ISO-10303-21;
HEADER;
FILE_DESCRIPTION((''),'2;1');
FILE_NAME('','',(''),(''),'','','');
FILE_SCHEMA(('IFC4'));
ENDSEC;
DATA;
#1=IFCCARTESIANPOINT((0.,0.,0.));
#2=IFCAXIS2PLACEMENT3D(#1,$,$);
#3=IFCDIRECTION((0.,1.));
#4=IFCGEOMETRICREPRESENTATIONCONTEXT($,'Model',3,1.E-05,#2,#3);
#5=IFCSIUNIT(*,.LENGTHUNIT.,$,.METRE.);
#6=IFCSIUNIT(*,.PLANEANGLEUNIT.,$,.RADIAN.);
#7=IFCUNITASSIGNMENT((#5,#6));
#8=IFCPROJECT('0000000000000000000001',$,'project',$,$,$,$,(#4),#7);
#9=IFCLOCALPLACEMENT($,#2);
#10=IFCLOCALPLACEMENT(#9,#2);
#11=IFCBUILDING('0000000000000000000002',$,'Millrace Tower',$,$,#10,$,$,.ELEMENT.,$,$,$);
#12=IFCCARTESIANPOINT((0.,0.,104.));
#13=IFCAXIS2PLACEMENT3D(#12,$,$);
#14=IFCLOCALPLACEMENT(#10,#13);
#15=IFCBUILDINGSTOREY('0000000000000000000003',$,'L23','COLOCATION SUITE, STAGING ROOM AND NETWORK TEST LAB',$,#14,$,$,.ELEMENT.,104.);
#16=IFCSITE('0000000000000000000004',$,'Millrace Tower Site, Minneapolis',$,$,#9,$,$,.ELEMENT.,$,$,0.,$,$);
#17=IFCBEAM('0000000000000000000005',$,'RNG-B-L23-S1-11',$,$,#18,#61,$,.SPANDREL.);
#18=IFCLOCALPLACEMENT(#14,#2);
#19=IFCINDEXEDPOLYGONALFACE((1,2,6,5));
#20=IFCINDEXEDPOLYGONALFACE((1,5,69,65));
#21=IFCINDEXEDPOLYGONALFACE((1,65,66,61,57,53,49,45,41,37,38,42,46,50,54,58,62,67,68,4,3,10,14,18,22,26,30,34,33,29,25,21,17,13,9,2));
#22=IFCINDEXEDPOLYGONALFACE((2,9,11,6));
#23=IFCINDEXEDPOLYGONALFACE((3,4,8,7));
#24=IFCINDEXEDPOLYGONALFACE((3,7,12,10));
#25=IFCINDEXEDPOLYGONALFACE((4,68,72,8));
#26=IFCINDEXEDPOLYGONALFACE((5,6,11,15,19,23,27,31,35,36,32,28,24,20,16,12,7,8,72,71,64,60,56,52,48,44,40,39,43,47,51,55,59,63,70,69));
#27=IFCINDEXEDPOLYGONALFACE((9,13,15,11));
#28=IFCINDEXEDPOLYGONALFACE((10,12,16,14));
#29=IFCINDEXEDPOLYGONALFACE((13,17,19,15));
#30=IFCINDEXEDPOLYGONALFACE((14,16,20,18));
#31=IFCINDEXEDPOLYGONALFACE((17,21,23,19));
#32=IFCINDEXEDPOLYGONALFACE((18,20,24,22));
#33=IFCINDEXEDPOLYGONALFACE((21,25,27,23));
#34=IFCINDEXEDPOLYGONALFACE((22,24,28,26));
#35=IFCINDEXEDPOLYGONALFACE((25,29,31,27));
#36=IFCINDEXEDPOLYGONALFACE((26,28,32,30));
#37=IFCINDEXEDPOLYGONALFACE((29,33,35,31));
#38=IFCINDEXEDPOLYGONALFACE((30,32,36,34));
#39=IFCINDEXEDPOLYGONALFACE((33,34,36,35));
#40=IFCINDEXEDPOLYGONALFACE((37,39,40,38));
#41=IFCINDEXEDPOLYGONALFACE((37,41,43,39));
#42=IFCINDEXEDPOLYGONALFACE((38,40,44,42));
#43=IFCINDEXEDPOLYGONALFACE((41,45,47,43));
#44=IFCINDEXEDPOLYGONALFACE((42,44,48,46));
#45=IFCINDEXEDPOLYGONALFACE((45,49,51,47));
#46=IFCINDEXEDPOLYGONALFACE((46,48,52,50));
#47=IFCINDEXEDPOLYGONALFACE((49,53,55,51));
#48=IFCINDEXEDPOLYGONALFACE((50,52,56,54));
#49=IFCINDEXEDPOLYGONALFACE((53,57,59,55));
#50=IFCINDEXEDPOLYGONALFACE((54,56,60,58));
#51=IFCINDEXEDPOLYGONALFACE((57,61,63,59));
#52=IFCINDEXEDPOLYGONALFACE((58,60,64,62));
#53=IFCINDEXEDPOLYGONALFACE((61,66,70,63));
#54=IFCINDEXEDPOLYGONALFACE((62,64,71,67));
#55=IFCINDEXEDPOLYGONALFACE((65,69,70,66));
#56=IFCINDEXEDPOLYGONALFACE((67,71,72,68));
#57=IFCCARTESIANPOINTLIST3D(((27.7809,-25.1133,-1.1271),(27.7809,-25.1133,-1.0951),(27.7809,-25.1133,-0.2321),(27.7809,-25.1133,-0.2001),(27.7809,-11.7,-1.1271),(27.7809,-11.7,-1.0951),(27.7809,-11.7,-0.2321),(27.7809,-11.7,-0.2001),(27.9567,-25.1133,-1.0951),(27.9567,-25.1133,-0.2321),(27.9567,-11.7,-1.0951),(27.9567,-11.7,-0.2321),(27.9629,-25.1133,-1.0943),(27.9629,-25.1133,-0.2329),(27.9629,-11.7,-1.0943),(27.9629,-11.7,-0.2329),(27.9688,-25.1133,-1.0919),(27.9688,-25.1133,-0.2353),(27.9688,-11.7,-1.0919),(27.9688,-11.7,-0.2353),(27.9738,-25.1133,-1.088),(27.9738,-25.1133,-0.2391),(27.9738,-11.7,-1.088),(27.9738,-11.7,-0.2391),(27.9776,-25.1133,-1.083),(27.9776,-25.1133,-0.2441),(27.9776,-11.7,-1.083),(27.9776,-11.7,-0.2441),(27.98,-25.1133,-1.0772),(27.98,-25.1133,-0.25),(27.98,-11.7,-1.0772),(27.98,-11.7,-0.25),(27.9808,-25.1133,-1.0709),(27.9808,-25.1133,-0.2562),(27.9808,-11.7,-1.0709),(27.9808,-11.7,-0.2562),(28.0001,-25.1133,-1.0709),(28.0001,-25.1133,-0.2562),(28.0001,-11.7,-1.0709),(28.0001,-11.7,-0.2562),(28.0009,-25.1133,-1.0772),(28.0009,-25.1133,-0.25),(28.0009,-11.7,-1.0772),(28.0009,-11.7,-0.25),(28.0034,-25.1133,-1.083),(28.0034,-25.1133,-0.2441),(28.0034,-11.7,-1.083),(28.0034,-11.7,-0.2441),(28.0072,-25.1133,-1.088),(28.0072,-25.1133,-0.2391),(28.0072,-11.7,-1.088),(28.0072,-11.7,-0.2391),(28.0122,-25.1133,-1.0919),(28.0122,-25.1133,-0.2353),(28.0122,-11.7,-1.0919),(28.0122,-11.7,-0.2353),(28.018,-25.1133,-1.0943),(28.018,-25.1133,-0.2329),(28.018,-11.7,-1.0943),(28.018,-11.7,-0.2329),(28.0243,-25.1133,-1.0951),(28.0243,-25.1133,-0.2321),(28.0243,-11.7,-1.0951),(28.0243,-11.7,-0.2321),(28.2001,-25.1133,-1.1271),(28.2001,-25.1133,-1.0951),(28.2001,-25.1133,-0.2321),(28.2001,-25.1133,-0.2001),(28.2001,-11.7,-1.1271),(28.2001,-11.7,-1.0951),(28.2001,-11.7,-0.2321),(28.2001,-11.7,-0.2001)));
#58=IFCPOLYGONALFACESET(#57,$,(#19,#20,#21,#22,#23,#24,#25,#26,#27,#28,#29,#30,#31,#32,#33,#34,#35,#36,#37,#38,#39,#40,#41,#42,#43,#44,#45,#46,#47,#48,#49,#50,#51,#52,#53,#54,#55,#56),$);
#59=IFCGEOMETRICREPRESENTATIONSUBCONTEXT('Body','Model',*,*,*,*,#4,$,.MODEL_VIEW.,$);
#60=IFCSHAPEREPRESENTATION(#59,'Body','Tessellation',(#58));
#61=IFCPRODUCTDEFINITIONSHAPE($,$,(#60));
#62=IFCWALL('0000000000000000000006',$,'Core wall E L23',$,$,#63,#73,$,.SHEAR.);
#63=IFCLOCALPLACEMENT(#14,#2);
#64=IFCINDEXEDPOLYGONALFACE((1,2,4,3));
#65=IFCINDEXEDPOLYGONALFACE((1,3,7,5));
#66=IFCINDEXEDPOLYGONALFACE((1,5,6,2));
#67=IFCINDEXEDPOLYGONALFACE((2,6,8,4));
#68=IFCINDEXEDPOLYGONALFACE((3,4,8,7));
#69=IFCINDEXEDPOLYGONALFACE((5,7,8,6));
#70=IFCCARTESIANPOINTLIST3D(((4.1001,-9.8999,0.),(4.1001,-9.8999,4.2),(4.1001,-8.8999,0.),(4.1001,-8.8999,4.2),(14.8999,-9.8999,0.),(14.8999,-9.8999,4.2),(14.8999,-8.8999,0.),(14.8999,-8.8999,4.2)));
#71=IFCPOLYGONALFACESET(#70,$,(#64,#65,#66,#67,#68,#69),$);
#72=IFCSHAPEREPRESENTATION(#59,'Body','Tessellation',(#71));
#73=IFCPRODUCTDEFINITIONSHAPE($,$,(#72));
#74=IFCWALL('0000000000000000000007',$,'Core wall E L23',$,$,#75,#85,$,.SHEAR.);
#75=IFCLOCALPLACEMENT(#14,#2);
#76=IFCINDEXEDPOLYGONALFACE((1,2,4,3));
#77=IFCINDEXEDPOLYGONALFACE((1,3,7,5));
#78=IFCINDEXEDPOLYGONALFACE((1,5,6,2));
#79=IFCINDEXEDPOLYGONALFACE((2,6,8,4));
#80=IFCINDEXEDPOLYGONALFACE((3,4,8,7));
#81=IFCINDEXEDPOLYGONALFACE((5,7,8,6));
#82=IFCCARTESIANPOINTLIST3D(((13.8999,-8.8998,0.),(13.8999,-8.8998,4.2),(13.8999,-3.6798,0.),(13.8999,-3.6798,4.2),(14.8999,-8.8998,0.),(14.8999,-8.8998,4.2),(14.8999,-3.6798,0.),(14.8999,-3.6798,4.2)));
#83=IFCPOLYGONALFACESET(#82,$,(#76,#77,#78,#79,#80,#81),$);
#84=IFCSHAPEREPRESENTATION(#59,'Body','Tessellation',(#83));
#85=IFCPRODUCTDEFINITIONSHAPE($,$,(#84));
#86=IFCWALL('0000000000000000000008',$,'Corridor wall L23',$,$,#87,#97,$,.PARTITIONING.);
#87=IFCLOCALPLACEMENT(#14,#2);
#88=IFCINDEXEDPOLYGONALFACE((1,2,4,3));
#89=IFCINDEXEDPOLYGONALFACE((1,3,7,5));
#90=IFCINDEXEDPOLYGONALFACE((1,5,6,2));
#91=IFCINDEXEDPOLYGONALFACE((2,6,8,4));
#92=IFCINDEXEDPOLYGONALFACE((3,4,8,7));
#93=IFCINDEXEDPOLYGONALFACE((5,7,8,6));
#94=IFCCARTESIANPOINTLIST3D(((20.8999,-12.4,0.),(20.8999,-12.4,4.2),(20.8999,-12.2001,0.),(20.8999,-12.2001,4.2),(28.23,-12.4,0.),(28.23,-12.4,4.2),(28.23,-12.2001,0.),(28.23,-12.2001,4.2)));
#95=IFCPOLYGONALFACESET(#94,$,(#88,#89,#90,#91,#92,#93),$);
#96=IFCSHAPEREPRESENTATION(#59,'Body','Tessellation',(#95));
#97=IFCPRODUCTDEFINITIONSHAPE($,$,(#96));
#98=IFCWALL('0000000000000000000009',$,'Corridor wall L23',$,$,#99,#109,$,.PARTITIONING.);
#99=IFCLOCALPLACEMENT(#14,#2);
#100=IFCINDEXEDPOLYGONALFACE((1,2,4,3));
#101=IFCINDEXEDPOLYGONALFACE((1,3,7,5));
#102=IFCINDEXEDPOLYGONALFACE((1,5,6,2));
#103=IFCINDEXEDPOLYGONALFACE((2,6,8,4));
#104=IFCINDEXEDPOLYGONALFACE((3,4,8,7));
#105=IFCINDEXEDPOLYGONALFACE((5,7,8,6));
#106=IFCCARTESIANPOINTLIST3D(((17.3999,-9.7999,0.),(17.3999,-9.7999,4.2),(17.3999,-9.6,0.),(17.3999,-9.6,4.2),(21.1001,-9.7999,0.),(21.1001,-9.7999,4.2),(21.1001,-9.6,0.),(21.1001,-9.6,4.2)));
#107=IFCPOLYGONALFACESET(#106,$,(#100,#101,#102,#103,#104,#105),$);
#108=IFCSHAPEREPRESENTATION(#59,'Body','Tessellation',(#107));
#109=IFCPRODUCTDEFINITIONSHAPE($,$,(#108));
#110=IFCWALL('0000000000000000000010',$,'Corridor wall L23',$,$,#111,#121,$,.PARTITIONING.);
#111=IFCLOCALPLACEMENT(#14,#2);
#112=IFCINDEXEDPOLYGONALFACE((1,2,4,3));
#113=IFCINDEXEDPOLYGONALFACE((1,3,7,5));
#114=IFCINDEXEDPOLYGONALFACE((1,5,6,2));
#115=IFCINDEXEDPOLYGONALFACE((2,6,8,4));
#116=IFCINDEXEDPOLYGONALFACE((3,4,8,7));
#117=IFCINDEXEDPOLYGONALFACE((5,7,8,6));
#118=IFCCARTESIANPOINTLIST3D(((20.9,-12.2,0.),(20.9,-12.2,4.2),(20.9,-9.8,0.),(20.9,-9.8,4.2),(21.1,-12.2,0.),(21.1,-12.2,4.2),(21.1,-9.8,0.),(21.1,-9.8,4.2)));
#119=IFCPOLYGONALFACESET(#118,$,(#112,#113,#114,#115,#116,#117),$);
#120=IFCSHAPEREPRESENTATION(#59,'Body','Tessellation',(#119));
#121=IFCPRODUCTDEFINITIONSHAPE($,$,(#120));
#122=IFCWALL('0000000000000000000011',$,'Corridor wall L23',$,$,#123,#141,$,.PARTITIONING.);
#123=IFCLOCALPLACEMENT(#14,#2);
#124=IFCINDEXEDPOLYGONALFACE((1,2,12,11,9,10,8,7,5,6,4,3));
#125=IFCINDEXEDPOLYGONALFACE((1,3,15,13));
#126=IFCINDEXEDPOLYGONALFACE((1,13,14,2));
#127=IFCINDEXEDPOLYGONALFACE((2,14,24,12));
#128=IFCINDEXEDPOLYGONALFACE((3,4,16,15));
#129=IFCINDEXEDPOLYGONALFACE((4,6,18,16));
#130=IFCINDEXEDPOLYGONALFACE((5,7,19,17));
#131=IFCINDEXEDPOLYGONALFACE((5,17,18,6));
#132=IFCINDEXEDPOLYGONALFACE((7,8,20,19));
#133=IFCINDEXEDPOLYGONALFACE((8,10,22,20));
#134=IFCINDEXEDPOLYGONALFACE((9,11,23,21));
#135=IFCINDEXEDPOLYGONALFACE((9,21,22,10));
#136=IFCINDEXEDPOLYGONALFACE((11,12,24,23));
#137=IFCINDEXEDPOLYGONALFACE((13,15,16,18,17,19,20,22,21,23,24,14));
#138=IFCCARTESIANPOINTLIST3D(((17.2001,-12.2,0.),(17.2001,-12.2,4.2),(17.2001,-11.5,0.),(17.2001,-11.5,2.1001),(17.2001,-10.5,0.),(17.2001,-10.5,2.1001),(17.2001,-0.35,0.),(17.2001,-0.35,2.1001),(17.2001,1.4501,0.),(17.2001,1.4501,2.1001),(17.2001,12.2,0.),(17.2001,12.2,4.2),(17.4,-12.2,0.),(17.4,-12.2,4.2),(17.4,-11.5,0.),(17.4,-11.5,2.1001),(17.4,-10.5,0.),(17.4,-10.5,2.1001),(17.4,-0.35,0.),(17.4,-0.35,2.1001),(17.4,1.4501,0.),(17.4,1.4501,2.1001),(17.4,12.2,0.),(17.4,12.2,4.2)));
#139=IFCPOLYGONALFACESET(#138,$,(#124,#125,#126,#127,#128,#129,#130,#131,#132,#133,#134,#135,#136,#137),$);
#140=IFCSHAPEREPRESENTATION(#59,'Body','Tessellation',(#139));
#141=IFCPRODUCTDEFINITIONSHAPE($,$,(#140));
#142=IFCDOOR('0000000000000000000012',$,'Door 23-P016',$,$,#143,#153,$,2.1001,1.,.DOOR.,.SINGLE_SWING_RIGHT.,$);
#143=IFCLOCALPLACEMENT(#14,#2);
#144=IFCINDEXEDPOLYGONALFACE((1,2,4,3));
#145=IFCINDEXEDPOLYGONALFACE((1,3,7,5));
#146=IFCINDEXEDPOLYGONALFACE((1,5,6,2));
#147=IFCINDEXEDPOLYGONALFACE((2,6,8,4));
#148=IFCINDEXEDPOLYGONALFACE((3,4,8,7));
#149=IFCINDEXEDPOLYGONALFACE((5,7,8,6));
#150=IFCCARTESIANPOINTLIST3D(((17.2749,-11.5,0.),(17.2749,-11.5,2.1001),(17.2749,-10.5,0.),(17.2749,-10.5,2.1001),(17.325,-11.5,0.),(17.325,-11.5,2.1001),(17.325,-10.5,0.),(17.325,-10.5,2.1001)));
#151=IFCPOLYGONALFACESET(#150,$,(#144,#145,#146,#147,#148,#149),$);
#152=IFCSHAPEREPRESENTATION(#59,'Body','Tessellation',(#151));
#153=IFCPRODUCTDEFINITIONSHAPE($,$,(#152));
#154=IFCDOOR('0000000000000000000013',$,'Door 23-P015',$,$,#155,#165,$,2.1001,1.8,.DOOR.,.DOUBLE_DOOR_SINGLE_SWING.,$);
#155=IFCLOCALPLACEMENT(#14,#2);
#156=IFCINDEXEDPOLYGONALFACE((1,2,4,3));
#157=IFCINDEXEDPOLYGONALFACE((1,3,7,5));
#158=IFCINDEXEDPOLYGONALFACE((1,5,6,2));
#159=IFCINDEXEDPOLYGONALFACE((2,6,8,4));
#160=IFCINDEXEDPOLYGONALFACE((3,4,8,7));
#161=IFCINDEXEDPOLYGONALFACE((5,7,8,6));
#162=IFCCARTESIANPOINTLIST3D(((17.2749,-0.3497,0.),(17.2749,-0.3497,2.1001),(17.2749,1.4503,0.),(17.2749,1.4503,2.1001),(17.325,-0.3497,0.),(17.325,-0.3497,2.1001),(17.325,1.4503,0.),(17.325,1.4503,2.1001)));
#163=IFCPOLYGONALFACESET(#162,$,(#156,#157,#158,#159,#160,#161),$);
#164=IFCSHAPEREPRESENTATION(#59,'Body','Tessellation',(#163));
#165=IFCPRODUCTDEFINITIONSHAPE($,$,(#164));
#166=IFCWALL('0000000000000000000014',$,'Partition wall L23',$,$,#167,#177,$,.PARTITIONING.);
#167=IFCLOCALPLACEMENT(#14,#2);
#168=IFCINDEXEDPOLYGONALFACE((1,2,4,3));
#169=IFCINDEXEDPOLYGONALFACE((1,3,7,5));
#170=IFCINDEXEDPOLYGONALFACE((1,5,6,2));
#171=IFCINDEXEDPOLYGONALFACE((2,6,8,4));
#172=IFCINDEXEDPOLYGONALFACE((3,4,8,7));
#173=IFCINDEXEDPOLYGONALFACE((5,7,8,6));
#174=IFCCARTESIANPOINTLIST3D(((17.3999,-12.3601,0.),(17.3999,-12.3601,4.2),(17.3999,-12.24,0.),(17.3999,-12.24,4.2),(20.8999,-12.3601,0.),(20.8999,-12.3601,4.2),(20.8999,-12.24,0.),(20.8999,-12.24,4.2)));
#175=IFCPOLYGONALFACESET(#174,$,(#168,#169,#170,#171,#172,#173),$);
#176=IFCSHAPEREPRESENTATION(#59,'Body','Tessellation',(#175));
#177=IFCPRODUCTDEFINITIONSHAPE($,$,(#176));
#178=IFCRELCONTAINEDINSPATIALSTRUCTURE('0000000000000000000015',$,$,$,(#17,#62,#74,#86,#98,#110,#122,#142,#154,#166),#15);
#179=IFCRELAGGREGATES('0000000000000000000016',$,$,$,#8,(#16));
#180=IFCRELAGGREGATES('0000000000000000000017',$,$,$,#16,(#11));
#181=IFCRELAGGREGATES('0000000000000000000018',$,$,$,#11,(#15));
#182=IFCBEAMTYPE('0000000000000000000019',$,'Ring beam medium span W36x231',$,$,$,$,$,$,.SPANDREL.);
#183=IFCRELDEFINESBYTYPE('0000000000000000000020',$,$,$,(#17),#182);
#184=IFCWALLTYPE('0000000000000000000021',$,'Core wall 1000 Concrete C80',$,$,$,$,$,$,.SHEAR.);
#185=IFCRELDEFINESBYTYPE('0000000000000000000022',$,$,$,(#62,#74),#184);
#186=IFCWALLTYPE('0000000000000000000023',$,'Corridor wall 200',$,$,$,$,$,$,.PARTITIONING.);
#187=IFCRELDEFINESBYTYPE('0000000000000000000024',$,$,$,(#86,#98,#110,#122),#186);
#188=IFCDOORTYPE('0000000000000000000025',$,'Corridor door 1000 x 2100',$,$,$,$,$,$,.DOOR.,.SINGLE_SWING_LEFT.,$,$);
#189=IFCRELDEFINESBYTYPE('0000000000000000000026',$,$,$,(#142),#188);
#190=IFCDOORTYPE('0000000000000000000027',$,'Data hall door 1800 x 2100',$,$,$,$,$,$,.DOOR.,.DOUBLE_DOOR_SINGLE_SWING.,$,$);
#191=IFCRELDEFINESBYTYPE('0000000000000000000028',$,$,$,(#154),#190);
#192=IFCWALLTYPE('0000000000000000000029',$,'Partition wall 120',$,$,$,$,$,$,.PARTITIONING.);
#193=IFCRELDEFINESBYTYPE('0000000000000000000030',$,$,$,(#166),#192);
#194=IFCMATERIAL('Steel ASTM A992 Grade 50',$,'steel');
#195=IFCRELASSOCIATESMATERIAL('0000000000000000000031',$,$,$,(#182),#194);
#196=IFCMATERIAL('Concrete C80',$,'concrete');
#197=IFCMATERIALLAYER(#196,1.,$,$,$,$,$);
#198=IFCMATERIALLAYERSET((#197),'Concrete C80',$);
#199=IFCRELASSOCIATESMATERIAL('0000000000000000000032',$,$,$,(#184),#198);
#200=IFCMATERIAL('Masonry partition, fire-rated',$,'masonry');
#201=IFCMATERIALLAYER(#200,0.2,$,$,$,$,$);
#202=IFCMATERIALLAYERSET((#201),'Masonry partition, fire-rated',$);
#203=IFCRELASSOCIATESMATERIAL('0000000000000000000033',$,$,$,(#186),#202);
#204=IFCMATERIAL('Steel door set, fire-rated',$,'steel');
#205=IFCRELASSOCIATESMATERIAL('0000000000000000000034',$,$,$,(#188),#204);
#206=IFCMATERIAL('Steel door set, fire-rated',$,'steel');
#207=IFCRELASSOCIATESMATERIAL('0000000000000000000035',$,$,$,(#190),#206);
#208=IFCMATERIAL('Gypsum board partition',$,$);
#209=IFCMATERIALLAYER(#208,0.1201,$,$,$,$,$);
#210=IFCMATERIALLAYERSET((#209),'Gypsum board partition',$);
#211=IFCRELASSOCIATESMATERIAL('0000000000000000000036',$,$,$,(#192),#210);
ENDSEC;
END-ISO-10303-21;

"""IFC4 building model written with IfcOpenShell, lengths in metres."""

from ifc_helpers import new_model, si_unit, direction, frame, frame_2d, origin, origin_2d, place, context, subcontext, project, spatial, rectangle, i_section, extrude, material, layer, layer_set, material_profile, profile_set, type_object, element, fill, save


model = new_model("IFC4")

# Units and contexts
model_context = context("Model", 3, precision=1e-05, world=origin(), true_north=direction((0.0, 1.0)))
body_context = subcontext(model_context, "Body", "Model", "MODEL_VIEW")
ifc_project = project(units=[si_unit("LENGTHUNIT", "METRE"), si_unit("PLANEANGLEUNIT", "RADIAN")], contexts=[model_context])

# Site, building, storey
site_placement = place(None, origin())
site = spatial("IfcSite", under=ifc_project, at=site_placement, Name="Millrace Tower Site, Minneapolis", CompositionType="ELEMENT", RefElevation=0.0)
building_placement = place(site_placement, origin())
building = spatial("IfcBuilding", under=site, at=building_placement, Name="Millrace Tower", CompositionType="ELEMENT")
storey_placement = place(building_placement, frame((0.0, 0.0, 104.0)))
storey = spatial("IfcBuildingStorey", under=building, at=storey_placement, Name="L23", Description="COLOCATION SUITE, STAGING ROOM AND NETWORK TEST LAB", CompositionType="ELEMENT", Elevation=104.0)

# Beam
ifc_material_1 = material(Name="Steel ASTM A992 Grade 50", Category="steel")
ifc_material_profile_1 = material_profile(ifc_material_1, i_section(OverallWidth=0.4192, OverallDepth=0.927, WebThickness=0.0193, FlangeThickness=0.032, FilletRadius=0.0242, at=origin_2d()))
ifc_profile_set_1 = profile_set([ifc_material_profile_1], Name="Steel ASTM A992 Grade 50")
beam_type_1 = type_object("IfcBeamType", Name="Ring beam medium span W36x231", PredefinedType="SPANDREL", material=ifc_profile_set_1)
beam_1_placement = place(storey_placement, frame((27.9905, -11.7, -0.6636), z_axis=(0.0, -1.0, 0.0), x_axis=(1.0, 0.0, 0.0)))
element("IfcBeam", 1, at=beam_1_placement, inside=storey, type_object=beam_type_1, Name="RNG-B-L23-S1-11", PredefinedType="SPANDREL", context=body_context, shape_type="SweptSolid", body=[
    extrude(i_section(OverallWidth=0.4192, OverallDepth=0.927, WebThickness=0.0193, FlangeThickness=0.032, FilletRadius=0.0242, at=origin_2d()), origin(), (0.0, 0.0, 1.0), 13.4133),
])

# Walls
ifc_material_2 = material(Name="Concrete C80", Category="concrete")
ifc_layer_1 = layer(ifc_material_2, 1.0)
ifc_layer_set_1 = layer_set([ifc_layer_1], Name="Concrete C80")
wall_type_1 = type_object("IfcWallType", Name="Core wall 1000 Concrete C80", PredefinedType="SHEAR", material=ifc_layer_set_1)
wall_1_placement = place(storey_placement, frame((14.8999, -9.3999, 0.0), z_axis=(0.0, 0.0, 1.0), x_axis=(-1.0, 0.0, 0.0)))
element("IfcWall", 2, at=wall_1_placement, inside=storey, type_object=wall_type_1, Name="Core wall E L23", PredefinedType="SHEAR", context=body_context, shape_type="SweptSolid", body=[
    extrude(rectangle(XDim=10.7998, YDim=1.0, at=frame_2d((5.3999, 0.0))), origin(), (0.0, 0.0, 1.0), 4.2),
])
wall_2_placement = place(storey_placement, frame((14.3999, -3.6799, 0.0), z_axis=(0.0, 0.0, 1.0), x_axis=(0.0, -1.0, 0.0)))
element("IfcWall", 3, at=wall_2_placement, inside=storey, type_object=wall_type_1, Name="Core wall E L23", PredefinedType="SHEAR", context=body_context, shape_type="SweptSolid", body=[
    extrude(rectangle(XDim=5.22, YDim=1.0, at=frame_2d((2.6099, 0.0))), origin(), (0.0, 0.0, 1.0), 4.2),
])
ifc_material_3 = material(Name="Masonry partition, fire-rated", Category="masonry")
ifc_layer_2 = layer(ifc_material_3, 0.2)
ifc_layer_set_2 = layer_set([ifc_layer_2], Name="Masonry partition, fire-rated")
wall_type_2 = type_object("IfcWallType", Name="Corridor wall 200", PredefinedType="PARTITIONING", material=ifc_layer_set_2)
wall_3_placement = place(storey_placement, frame((20.8999, -12.3, 0.0), z_axis=(0.0, 0.0, 1.0), x_axis=(1.0, 0.0, 0.0)))
element("IfcWall", 4, at=wall_3_placement, inside=storey, type_object=wall_type_2, Name="Corridor wall L23", PredefinedType="PARTITIONING", context=body_context, shape_type="SweptSolid", body=[
    extrude(rectangle(XDim=7.3301, YDim=0.2, at=frame_2d((3.665, 0.0))), origin(), (0.0, 0.0, 1.0), 4.2),
])
wall_4_placement = place(storey_placement, frame((17.3999, -9.7, 0.0), z_axis=(0.0, 0.0, 1.0), x_axis=(1.0, 0.0, 0.0)))
element("IfcWall", 5, at=wall_4_placement, inside=storey, type_object=wall_type_2, Name="Corridor wall L23", PredefinedType="PARTITIONING", context=body_context, shape_type="SweptSolid", body=[
    extrude(rectangle(XDim=3.7002, YDim=0.2, at=frame_2d((1.8501, 0.0))), origin(), (0.0, 0.0, 1.0), 4.2),
])
wall_5_placement = place(storey_placement, frame((21.0, -12.2, 0.0), z_axis=(0.0, 0.0, 1.0), x_axis=(0.0, 1.0, 0.0)))
element("IfcWall", 6, at=wall_5_placement, inside=storey, type_object=wall_type_2, Name="Corridor wall L23", PredefinedType="PARTITIONING", context=body_context, shape_type="SweptSolid", body=[
    extrude(rectangle(XDim=2.3999, YDim=0.2, at=frame_2d((1.2, 0.0))), origin(), (0.0, 0.0, 1.0), 4.2),
])

# Wall, openings, doors
wall_6_placement = place(storey_placement, frame((17.3, -12.2, 0.0), z_axis=(0.0, 0.0, 1.0), x_axis=(0.0, 1.0, 0.0)))
wall_6 = element("IfcWall", 7, at=wall_6_placement, inside=storey, type_object=wall_type_2, Name="Corridor wall L23", PredefinedType="PARTITIONING", context=body_context, shape_type="SweptSolid", body=[
    extrude(rectangle(XDim=24.3999, YDim=0.2, at=frame_2d((12.2, 0.0))), origin(), (0.0, 0.0, 1.0), 4.2),
])
opening_1_placement = place(wall_6_placement, frame((11.8501, 0.0, 0.0)))
opening_1 = element("IfcOpeningElement", 8, at=opening_1_placement, cuts=wall_6, PredefinedType="OPENING", context=body_context, shape_type="SweptSolid", body=[
    extrude(rectangle(XDim=1.8, YDim=2.1001, at=frame_2d((0.8999, 1.05))), frame((0.0, 0.1099, 0.0), z_axis=(0.0, -1.0, 0.0), x_axis=(1.0, 0.0, 0.0)), (0.0, 0.0, 1.0), 0.22),
])
opening_2_placement = place(wall_6_placement, frame((0.7, 0.0, 0.0)))
opening_2 = element("IfcOpeningElement", 9, at=opening_2_placement, cuts=wall_6, PredefinedType="OPENING", context=body_context, shape_type="SweptSolid", body=[
    extrude(rectangle(XDim=1.0, YDim=2.1001, at=frame_2d((0.5, 1.05))), frame((0.0, 0.1099, 0.0), z_axis=(0.0, -1.0, 0.0), x_axis=(1.0, 0.0, 0.0)), (0.0, 0.0, 1.0), 0.22),
])
ifc_material_4 = material(Name="Steel door set, fire-rated", Category="steel")
door_type_1 = type_object("IfcDoorType", Name="Corridor door 1000 x 2100", OperationType="SINGLE_SWING_LEFT", PredefinedType="DOOR", material=ifc_material_4)
door_1_placement = place(opening_2_placement, frame((1.0, 0.0, 0.0), z_axis=(0.0, 0.0, 1.0), x_axis=(-1.0, 0.0, 0.0)))
door_1 = element("IfcDoor", 10, at=door_1_placement, inside=storey, type_object=door_type_1, Name="Door 23-P016", OperationType="SINGLE_SWING_RIGHT", OverallHeight=2.1001, OverallWidth=1.0, PredefinedType="DOOR", context=body_context, shape_type="SweptSolid", body=[
    extrude(rectangle(XDim=1.0, YDim=2.1001, at=frame_2d((0.5, 1.05))), frame((0.0, 0.0249, 0.0), z_axis=(0.0, -1.0, 0.0), x_axis=(1.0, 0.0, 0.0)), (0.0, 0.0, 1.0), 0.05),
])
fill(opening_2, door_1)
ifc_material_5 = material(Name="Steel door set, fire-rated", Category="steel")
door_type_2 = type_object("IfcDoorType", Name="Data hall door 1800 x 2100", OperationType="DOUBLE_DOOR_SINGLE_SWING", PredefinedType="DOOR", material=ifc_material_5)
door_2_placement = place(opening_1_placement, frame((1.8, 0.0, 0.0), z_axis=(0.0, 0.0, 1.0), x_axis=(-1.0, 0.0, 0.0)))
door_2 = element("IfcDoor", 11, at=door_2_placement, inside=storey, type_object=door_type_2, Name="Door 23-P015", OperationType="DOUBLE_DOOR_SINGLE_SWING", OverallHeight=2.1001, OverallWidth=1.8, PredefinedType="DOOR", context=body_context, shape_type="SweptSolid", body=[
    extrude(rectangle(XDim=1.8, YDim=2.1001, at=frame_2d((0.8999, 1.05))), frame((0.0, 0.0249, 0.0), z_axis=(0.0, -1.0, 0.0), x_axis=(1.0, 0.0, 0.0)), (0.0, 0.0, 1.0), 0.05),
])
fill(opening_1, door_2)

# Wall
ifc_material_6 = material(Name="Gypsum board partition")
ifc_layer_3 = layer(ifc_material_6, 0.1201)
ifc_layer_set_3 = layer_set([ifc_layer_3], Name="Gypsum board partition")
wall_type_3 = type_object("IfcWallType", Name="Partition wall 120", PredefinedType="PARTITIONING", material=ifc_layer_set_3)
wall_7_placement = place(storey_placement, frame((17.3999, -12.3, 0.0), z_axis=(0.0, 0.0, 1.0), x_axis=(1.0, 0.0, 0.0)))
element("IfcWall", 12, at=wall_7_placement, inside=storey, type_object=wall_type_3, Name="Partition wall L23", PredefinedType="PARTITIONING", context=body_context, shape_type="SweptSolid", body=[
    extrude(rectangle(XDim=3.5, YDim=0.1201, at=frame_2d((1.75, 0.0))), origin(), (0.0, 0.0, 1.0), 4.2),
])

save(model, "model.ifc")
